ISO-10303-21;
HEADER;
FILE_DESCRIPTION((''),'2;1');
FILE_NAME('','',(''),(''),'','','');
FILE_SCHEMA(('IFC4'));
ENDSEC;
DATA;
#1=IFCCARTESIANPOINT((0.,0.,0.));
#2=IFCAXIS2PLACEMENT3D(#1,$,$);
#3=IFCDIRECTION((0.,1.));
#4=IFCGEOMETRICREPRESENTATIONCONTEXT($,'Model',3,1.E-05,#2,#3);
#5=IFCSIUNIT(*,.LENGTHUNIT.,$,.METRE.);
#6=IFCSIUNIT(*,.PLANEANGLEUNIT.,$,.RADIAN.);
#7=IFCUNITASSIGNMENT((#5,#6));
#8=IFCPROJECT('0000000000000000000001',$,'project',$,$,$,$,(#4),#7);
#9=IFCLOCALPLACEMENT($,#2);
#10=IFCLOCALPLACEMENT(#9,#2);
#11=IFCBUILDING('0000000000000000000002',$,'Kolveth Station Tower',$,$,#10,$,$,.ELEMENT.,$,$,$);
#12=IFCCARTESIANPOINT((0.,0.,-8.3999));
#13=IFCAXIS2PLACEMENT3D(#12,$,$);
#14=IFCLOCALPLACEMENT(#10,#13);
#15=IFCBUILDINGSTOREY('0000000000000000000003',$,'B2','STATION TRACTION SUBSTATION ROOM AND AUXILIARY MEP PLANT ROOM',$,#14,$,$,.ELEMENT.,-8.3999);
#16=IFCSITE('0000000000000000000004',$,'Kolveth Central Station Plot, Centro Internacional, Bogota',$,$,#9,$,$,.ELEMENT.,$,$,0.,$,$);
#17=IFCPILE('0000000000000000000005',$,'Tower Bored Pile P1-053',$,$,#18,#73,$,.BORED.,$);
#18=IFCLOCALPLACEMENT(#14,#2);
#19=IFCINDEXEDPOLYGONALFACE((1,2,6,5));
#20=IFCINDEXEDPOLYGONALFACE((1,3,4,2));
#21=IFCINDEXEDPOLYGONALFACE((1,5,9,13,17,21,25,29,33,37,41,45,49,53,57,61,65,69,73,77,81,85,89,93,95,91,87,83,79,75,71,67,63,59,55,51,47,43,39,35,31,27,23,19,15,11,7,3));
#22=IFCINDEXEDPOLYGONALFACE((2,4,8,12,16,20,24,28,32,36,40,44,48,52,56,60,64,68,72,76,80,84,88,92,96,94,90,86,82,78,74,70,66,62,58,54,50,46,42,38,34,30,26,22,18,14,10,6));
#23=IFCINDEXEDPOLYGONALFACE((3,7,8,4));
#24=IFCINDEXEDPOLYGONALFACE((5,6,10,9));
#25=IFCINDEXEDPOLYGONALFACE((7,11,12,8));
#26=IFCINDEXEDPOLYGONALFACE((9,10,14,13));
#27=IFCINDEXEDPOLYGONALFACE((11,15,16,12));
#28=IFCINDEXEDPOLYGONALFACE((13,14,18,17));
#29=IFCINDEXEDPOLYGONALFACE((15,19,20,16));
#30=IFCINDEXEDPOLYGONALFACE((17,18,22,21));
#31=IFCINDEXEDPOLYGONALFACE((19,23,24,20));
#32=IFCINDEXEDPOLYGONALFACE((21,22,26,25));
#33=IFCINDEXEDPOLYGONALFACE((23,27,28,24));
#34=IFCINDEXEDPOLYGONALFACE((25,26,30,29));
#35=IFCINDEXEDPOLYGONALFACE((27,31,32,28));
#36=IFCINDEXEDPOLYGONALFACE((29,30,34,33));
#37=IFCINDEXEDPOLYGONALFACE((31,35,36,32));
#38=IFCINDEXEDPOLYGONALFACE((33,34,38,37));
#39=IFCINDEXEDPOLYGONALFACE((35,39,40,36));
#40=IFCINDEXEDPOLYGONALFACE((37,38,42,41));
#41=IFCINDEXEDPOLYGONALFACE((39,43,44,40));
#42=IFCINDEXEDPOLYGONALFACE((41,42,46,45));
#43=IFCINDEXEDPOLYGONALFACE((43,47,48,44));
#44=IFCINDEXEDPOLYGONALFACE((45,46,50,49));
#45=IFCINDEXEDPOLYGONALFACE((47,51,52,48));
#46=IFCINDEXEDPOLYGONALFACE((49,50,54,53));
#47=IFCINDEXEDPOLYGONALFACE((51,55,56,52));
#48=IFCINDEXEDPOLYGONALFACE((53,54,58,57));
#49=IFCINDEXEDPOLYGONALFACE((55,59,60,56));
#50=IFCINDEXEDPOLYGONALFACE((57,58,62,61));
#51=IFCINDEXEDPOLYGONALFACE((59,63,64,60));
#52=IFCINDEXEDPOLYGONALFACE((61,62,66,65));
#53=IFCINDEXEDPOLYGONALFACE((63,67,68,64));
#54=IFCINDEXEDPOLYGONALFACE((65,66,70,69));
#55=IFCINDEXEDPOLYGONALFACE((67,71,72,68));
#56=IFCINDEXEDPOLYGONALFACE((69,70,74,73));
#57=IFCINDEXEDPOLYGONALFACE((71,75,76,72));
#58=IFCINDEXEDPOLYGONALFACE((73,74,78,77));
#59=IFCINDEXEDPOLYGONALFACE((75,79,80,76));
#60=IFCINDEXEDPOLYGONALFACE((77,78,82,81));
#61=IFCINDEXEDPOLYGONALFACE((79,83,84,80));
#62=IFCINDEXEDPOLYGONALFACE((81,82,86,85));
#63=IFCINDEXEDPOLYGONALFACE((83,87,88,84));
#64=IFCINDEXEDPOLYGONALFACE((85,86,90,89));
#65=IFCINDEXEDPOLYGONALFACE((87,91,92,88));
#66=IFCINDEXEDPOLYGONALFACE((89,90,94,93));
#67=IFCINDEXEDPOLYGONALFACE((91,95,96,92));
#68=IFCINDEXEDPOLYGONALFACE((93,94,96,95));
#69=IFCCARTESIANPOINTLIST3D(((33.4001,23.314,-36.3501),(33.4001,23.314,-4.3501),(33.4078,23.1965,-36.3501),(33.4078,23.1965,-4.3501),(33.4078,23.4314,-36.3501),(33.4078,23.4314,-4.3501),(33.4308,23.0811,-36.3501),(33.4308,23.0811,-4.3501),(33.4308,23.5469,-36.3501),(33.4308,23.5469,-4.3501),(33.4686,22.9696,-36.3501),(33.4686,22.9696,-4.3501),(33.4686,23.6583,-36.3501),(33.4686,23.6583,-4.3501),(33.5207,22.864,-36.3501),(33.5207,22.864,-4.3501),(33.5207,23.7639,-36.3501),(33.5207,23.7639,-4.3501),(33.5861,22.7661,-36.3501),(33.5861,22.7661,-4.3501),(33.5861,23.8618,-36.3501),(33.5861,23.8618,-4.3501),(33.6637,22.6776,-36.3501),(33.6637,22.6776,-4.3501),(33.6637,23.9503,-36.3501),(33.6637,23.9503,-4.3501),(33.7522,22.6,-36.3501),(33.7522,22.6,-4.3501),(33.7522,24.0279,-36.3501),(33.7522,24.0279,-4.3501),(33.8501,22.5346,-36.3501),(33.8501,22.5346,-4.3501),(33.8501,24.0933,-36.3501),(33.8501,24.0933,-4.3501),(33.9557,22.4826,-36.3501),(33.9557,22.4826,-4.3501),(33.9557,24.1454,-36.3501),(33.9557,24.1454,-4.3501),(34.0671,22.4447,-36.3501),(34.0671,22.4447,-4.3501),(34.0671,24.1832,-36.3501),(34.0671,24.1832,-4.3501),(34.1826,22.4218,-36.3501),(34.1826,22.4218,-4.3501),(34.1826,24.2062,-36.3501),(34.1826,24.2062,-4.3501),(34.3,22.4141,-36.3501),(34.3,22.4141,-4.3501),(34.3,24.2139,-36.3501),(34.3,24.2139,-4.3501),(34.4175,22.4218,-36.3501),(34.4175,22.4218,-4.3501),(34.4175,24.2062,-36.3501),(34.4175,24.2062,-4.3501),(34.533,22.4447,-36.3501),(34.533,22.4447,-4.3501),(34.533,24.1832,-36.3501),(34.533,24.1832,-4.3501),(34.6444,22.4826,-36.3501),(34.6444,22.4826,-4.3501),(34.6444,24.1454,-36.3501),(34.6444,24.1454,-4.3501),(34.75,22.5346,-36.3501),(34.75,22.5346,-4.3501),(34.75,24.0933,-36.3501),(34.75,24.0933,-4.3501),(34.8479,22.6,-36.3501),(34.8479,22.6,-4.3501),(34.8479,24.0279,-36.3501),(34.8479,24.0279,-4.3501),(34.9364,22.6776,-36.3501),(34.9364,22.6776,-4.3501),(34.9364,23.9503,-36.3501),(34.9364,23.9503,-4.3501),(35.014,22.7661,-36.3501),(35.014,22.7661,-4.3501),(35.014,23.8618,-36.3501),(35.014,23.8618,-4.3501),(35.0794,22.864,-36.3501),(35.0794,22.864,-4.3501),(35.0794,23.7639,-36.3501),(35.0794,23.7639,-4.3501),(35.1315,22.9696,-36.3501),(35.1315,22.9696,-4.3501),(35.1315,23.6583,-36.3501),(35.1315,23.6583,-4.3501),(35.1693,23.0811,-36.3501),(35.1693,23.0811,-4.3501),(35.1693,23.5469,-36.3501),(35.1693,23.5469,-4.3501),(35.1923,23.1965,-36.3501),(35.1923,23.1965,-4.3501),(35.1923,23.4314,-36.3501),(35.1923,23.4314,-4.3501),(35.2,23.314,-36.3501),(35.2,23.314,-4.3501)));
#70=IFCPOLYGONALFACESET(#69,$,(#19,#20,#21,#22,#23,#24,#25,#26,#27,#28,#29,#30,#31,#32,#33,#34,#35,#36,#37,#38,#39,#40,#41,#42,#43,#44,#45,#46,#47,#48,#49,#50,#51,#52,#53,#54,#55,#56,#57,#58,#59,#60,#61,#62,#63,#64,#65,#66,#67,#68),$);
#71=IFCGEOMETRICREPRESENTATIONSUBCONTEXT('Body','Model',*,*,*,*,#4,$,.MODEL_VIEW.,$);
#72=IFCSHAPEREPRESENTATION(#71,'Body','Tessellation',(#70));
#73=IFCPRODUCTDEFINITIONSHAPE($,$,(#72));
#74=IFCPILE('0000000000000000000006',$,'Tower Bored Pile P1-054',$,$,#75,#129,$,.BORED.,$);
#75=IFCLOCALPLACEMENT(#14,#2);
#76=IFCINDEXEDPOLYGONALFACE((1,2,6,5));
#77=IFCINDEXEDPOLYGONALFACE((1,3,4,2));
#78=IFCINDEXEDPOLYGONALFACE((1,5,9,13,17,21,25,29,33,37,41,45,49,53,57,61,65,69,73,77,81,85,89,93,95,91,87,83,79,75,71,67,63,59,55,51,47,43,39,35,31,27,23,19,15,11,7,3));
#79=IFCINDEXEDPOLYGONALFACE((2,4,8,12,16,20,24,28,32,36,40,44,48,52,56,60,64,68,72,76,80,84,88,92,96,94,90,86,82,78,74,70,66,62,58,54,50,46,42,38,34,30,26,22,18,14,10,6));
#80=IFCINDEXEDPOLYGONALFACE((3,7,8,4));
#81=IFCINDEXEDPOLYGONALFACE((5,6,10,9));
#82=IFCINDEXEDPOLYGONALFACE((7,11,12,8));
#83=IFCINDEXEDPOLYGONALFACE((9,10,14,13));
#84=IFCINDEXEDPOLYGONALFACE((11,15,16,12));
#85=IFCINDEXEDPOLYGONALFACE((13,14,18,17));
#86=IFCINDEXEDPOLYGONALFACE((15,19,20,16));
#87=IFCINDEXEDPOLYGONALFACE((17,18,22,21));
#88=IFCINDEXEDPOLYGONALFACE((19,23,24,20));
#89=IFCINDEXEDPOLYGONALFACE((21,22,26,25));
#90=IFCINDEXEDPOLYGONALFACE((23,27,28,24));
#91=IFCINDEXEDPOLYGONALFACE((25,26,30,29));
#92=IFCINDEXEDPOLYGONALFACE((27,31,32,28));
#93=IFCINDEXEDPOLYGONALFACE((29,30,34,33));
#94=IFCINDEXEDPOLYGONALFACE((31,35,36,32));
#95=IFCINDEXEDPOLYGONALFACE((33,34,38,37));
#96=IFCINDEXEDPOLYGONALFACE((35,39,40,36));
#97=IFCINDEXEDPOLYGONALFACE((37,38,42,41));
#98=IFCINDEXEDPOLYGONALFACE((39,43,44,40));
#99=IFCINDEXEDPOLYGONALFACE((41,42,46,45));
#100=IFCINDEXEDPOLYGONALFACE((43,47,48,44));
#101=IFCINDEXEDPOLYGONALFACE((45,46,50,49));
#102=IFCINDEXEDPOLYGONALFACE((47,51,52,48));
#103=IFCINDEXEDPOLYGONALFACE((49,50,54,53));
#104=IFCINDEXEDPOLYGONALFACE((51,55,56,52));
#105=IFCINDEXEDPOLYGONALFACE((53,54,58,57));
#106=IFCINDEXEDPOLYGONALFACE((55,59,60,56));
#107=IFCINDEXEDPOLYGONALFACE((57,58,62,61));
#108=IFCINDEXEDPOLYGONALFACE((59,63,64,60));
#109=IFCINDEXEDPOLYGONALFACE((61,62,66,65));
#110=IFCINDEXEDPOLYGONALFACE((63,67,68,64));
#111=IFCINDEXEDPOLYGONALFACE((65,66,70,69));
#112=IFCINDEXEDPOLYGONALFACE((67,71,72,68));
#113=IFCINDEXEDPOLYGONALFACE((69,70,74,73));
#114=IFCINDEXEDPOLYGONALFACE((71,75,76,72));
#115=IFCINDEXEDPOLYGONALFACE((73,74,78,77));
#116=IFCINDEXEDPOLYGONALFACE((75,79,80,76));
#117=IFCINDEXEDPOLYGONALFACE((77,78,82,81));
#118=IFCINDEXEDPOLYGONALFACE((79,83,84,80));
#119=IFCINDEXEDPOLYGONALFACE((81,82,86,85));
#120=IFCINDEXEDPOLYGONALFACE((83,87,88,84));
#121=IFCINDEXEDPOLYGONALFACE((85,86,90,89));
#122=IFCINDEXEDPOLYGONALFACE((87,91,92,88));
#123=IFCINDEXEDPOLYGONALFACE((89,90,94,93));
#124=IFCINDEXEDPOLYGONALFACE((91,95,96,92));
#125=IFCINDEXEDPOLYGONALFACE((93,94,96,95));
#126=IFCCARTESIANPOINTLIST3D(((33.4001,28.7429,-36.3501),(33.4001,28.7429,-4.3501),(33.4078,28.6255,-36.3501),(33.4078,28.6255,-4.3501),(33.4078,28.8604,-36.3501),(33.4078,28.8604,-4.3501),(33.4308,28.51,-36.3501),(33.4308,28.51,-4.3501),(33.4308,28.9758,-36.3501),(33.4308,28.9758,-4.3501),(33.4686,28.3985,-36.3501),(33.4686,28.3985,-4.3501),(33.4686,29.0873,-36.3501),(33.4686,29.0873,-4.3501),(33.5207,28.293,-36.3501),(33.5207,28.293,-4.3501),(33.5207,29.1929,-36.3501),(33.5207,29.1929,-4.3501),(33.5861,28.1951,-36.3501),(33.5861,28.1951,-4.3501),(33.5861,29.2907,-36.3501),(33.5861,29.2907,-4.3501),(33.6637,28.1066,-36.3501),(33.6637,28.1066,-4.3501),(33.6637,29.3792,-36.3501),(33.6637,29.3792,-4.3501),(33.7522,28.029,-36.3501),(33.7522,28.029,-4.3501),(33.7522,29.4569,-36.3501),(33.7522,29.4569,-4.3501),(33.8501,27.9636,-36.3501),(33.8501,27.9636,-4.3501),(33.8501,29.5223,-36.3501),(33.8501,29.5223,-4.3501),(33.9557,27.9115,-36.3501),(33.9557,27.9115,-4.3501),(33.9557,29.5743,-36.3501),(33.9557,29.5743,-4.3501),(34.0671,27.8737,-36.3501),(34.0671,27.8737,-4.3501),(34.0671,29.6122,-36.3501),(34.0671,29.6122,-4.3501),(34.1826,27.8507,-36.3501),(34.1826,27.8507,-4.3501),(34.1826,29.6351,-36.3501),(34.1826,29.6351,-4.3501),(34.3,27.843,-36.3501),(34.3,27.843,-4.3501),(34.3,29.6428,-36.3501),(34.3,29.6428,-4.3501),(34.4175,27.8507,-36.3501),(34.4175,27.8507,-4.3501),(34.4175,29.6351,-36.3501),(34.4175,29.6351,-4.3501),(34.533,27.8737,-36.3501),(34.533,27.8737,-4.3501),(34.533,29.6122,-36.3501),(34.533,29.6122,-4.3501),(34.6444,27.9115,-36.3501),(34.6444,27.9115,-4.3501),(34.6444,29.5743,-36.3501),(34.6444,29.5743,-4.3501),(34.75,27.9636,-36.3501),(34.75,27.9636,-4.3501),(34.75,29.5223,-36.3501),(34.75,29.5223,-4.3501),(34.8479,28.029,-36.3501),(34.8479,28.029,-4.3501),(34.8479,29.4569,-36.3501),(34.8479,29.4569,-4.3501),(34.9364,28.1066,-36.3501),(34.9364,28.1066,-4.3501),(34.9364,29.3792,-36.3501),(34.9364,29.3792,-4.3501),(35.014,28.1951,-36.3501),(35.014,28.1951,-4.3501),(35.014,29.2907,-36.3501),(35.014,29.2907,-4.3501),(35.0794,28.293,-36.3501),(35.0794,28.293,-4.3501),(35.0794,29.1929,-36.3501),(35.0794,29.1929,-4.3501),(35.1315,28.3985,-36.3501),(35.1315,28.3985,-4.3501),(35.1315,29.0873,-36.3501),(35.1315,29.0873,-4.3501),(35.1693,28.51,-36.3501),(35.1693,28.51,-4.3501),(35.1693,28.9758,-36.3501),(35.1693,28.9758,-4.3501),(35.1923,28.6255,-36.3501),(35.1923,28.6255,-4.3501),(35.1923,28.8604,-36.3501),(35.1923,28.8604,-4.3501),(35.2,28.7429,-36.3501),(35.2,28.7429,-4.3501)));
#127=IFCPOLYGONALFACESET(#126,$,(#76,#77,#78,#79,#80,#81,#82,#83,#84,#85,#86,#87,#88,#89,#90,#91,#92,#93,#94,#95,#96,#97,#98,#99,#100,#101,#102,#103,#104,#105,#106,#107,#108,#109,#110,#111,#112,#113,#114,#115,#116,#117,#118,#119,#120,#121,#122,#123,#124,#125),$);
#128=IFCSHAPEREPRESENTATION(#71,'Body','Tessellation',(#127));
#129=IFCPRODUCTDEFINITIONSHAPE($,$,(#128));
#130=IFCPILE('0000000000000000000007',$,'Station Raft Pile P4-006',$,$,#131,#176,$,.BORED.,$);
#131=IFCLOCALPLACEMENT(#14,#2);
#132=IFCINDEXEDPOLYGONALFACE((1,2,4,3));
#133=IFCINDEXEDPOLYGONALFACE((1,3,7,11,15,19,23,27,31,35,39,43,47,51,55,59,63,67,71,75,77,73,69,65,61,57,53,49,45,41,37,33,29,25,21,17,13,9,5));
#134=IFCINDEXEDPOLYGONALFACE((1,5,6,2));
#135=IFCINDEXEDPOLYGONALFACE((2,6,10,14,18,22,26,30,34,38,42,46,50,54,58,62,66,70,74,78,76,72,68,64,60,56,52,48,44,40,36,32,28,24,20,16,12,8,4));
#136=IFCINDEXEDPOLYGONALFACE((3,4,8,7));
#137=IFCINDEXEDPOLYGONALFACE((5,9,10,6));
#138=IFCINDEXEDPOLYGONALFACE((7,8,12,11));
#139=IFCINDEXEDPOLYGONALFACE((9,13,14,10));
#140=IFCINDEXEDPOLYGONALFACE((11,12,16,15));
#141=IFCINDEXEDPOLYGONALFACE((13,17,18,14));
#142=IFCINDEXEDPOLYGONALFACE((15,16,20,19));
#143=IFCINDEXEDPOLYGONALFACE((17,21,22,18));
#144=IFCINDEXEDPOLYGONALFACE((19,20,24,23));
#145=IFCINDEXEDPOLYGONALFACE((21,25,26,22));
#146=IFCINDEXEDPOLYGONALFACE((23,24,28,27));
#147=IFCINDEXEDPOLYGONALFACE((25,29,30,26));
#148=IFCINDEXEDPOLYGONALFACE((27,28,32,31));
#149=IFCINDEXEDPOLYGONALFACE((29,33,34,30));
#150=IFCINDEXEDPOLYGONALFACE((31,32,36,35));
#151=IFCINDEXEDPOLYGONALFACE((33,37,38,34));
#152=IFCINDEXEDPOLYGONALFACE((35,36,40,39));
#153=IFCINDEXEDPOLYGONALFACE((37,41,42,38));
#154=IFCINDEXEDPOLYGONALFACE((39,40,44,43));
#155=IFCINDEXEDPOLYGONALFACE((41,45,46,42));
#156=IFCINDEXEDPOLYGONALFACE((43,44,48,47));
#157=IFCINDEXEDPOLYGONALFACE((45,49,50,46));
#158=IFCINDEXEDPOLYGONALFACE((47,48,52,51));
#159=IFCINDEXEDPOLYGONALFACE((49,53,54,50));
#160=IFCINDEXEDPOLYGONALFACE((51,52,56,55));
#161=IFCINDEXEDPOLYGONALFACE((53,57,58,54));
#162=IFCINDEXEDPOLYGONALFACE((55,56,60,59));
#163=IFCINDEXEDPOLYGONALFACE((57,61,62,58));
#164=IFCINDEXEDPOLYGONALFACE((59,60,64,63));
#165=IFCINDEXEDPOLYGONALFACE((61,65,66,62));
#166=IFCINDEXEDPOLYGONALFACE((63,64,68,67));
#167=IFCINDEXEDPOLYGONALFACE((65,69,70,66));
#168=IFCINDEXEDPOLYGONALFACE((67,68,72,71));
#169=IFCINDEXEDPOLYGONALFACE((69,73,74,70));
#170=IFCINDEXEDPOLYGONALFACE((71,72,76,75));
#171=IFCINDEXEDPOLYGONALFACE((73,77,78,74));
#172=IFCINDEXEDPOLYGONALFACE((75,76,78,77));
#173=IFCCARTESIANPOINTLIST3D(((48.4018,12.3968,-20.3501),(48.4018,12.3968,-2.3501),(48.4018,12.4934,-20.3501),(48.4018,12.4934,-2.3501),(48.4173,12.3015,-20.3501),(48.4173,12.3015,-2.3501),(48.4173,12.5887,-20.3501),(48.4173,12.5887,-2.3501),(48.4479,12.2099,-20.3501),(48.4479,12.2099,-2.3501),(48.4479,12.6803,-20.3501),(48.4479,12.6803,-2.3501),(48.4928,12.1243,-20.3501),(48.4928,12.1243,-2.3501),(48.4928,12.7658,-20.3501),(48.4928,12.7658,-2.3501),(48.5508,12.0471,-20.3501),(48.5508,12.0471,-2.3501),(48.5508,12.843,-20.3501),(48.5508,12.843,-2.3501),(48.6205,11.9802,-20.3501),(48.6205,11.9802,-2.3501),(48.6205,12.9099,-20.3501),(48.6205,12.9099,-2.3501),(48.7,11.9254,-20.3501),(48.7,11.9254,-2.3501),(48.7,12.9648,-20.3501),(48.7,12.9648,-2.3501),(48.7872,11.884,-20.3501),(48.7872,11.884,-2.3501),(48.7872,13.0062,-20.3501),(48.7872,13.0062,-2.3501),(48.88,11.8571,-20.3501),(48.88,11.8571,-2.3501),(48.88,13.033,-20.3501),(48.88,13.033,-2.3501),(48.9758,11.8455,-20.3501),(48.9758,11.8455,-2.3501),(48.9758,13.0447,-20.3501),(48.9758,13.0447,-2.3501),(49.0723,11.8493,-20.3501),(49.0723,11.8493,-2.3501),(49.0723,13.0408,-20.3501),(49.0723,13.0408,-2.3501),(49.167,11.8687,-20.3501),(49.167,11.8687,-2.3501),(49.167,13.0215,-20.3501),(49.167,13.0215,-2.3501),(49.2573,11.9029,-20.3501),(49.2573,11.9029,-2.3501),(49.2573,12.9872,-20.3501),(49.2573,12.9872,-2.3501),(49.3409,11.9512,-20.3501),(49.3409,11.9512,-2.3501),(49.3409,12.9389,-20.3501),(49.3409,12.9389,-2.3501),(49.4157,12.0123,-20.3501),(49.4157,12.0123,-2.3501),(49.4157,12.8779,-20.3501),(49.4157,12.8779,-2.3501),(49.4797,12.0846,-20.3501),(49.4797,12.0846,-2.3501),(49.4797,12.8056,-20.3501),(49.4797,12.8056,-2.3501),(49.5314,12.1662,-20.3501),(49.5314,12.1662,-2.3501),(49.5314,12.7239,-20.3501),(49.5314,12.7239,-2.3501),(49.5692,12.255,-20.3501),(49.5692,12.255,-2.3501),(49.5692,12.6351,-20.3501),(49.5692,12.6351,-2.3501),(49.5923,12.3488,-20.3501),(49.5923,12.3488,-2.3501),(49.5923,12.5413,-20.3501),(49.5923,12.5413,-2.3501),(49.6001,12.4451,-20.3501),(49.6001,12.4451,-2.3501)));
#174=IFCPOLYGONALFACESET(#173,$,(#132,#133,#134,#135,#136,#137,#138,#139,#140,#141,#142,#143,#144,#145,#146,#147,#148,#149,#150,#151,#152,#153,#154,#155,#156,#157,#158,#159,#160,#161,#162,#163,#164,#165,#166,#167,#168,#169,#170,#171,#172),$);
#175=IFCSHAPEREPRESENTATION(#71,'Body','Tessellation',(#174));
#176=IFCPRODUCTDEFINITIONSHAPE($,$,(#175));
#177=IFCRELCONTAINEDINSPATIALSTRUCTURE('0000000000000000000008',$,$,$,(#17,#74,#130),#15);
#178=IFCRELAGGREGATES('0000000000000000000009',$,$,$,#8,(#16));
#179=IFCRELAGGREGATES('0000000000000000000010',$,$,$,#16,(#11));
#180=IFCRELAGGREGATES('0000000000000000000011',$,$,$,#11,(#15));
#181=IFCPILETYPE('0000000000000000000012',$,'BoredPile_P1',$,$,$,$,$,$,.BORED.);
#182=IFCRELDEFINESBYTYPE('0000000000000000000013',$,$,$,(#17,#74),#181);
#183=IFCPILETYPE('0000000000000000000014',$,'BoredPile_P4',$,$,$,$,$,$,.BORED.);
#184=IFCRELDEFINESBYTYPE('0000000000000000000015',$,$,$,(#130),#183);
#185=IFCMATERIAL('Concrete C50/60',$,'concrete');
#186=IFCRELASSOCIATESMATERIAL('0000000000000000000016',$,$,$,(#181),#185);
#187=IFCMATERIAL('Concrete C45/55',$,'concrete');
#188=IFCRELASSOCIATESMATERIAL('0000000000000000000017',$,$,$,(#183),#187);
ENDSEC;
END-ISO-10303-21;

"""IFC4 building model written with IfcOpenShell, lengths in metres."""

from ifc_helpers import new_model, si_unit, direction, frame, origin, origin_2d, place, context, subcontext, project, spatial, circle, extrude, source, transform, mapped, material, material_profile, profile_set, type_object, element, save


model = new_model("IFC4")

# Units and contexts
model_context = context("Model", 3, precision=1e-05, world=origin(), true_north=direction((0.0, 1.0)))
body_context = subcontext(model_context, "Body", "Model", "MODEL_VIEW")
ifc_project = project(units=[si_unit("LENGTHUNIT", "METRE"), si_unit("PLANEANGLEUNIT", "RADIAN")], contexts=[model_context])

# Site, building, storey
site_placement = place(None, origin())
site = spatial("IfcSite", under=ifc_project, at=site_placement, Name="Kolveth Central Station Plot, Centro Internacional, Bogota", CompositionType="ELEMENT", RefElevation=0.0)
building_placement = place(site_placement, origin())
building = spatial("IfcBuilding", under=site, at=building_placement, Name="Kolveth Station Tower", CompositionType="ELEMENT")
storey_placement = place(building_placement, frame((0.0, 0.0, -8.3999)))
storey = spatial("IfcBuildingStorey", under=building, at=storey_placement, Name="B2", Description="STATION TRACTION SUBSTATION ROOM AND AUXILIARY MEP PLANT ROOM", CompositionType="ELEMENT", Elevation=-8.3999)

# Piles
ifc_material_1 = material(Name="Concrete C50/60", Category="concrete")
ifc_material_profile_1 = material_profile(ifc_material_1, circle(Radius=0.8999, at=origin_2d()), Name="PILE-D1800")
ifc_profile_set_1 = profile_set([ifc_material_profile_1], Name="Concrete C50/60")
pile_type_1 = type_object("IfcPileType", Name="BoredPile_P1", PredefinedType="BORED", material=ifc_profile_set_1)
shared_shape_1 = source(origin(), body_context, "Body", "SweptSolid", [
    extrude(circle(Radius=0.8999, at=origin_2d()), origin(), (0.0, 0.0, 1.0), 32.0),
])
for number, where, z_axis, x_axis, name in (
    (1, (34.3, 23.314, -4.3501), (0.0, 0.0, -1.0), (1.0, 0.0, 0.0), "Tower Bored Pile P1-053"),
    (2, (34.3, 28.7429, -4.3501), (0.0, 0.0, -1.0), (1.0, 0.0, 0.0), "Tower Bored Pile P1-054"),
):
    element("IfcPile", number, at=place(storey_placement, frame(where, z_axis=z_axis, x_axis=x_axis)), inside=storey, type_object=pile_type_1, Name=name, PredefinedType="BORED", context=body_context, shape_type="MappedRepresentation", body=[
        mapped(shared_shape_1, transform((0.0, 0.0, 0.0), x_axis=(1.0, 0.0, 0.0), y_axis=(0.0, 1.0, 0.0), z_axis=(0.0, 0.0, 1.0), scale=1.0)),
    ])
ifc_material_2 = material(Name="Concrete C45/55", Category="concrete")
ifc_material_profile_2 = material_profile(ifc_material_2, circle(Radius=0.6001, at=origin_2d()), Name="PILE-D1200")
ifc_profile_set_2 = profile_set([ifc_material_profile_2], Name="Concrete C45/55")
pile_type_2 = type_object("IfcPileType", Name="BoredPile_P4", PredefinedType="BORED", material=ifc_profile_set_2)
shared_shape_2 = source(origin(), body_context, "Body", "SweptSolid", [
    extrude(circle(Radius=0.6001, at=origin_2d()), origin(), (0.0, 0.0, 1.0), 18.0),
])
for number, where, z_axis, x_axis, name in (
    (3, (49.0, 12.4451, -2.3501), (0.0, 0.0, -1.0), (1.0, 0.0, 0.0), "Station Raft Pile P4-006"),
):
    element("IfcPile", number, at=place(storey_placement, frame(where, z_axis=z_axis, x_axis=x_axis)), inside=storey, type_object=pile_type_2, Name=name, PredefinedType="BORED", context=body_context, shape_type="MappedRepresentation", body=[
        mapped(shared_shape_2, transform((0.0, 0.0, 0.0), x_axis=(1.0, 0.0, 0.0), y_axis=(0.0, 1.0, 0.0), z_axis=(0.0, 0.0, 1.0), scale=1.0)),
    ])

save(model, "model.ifc")
